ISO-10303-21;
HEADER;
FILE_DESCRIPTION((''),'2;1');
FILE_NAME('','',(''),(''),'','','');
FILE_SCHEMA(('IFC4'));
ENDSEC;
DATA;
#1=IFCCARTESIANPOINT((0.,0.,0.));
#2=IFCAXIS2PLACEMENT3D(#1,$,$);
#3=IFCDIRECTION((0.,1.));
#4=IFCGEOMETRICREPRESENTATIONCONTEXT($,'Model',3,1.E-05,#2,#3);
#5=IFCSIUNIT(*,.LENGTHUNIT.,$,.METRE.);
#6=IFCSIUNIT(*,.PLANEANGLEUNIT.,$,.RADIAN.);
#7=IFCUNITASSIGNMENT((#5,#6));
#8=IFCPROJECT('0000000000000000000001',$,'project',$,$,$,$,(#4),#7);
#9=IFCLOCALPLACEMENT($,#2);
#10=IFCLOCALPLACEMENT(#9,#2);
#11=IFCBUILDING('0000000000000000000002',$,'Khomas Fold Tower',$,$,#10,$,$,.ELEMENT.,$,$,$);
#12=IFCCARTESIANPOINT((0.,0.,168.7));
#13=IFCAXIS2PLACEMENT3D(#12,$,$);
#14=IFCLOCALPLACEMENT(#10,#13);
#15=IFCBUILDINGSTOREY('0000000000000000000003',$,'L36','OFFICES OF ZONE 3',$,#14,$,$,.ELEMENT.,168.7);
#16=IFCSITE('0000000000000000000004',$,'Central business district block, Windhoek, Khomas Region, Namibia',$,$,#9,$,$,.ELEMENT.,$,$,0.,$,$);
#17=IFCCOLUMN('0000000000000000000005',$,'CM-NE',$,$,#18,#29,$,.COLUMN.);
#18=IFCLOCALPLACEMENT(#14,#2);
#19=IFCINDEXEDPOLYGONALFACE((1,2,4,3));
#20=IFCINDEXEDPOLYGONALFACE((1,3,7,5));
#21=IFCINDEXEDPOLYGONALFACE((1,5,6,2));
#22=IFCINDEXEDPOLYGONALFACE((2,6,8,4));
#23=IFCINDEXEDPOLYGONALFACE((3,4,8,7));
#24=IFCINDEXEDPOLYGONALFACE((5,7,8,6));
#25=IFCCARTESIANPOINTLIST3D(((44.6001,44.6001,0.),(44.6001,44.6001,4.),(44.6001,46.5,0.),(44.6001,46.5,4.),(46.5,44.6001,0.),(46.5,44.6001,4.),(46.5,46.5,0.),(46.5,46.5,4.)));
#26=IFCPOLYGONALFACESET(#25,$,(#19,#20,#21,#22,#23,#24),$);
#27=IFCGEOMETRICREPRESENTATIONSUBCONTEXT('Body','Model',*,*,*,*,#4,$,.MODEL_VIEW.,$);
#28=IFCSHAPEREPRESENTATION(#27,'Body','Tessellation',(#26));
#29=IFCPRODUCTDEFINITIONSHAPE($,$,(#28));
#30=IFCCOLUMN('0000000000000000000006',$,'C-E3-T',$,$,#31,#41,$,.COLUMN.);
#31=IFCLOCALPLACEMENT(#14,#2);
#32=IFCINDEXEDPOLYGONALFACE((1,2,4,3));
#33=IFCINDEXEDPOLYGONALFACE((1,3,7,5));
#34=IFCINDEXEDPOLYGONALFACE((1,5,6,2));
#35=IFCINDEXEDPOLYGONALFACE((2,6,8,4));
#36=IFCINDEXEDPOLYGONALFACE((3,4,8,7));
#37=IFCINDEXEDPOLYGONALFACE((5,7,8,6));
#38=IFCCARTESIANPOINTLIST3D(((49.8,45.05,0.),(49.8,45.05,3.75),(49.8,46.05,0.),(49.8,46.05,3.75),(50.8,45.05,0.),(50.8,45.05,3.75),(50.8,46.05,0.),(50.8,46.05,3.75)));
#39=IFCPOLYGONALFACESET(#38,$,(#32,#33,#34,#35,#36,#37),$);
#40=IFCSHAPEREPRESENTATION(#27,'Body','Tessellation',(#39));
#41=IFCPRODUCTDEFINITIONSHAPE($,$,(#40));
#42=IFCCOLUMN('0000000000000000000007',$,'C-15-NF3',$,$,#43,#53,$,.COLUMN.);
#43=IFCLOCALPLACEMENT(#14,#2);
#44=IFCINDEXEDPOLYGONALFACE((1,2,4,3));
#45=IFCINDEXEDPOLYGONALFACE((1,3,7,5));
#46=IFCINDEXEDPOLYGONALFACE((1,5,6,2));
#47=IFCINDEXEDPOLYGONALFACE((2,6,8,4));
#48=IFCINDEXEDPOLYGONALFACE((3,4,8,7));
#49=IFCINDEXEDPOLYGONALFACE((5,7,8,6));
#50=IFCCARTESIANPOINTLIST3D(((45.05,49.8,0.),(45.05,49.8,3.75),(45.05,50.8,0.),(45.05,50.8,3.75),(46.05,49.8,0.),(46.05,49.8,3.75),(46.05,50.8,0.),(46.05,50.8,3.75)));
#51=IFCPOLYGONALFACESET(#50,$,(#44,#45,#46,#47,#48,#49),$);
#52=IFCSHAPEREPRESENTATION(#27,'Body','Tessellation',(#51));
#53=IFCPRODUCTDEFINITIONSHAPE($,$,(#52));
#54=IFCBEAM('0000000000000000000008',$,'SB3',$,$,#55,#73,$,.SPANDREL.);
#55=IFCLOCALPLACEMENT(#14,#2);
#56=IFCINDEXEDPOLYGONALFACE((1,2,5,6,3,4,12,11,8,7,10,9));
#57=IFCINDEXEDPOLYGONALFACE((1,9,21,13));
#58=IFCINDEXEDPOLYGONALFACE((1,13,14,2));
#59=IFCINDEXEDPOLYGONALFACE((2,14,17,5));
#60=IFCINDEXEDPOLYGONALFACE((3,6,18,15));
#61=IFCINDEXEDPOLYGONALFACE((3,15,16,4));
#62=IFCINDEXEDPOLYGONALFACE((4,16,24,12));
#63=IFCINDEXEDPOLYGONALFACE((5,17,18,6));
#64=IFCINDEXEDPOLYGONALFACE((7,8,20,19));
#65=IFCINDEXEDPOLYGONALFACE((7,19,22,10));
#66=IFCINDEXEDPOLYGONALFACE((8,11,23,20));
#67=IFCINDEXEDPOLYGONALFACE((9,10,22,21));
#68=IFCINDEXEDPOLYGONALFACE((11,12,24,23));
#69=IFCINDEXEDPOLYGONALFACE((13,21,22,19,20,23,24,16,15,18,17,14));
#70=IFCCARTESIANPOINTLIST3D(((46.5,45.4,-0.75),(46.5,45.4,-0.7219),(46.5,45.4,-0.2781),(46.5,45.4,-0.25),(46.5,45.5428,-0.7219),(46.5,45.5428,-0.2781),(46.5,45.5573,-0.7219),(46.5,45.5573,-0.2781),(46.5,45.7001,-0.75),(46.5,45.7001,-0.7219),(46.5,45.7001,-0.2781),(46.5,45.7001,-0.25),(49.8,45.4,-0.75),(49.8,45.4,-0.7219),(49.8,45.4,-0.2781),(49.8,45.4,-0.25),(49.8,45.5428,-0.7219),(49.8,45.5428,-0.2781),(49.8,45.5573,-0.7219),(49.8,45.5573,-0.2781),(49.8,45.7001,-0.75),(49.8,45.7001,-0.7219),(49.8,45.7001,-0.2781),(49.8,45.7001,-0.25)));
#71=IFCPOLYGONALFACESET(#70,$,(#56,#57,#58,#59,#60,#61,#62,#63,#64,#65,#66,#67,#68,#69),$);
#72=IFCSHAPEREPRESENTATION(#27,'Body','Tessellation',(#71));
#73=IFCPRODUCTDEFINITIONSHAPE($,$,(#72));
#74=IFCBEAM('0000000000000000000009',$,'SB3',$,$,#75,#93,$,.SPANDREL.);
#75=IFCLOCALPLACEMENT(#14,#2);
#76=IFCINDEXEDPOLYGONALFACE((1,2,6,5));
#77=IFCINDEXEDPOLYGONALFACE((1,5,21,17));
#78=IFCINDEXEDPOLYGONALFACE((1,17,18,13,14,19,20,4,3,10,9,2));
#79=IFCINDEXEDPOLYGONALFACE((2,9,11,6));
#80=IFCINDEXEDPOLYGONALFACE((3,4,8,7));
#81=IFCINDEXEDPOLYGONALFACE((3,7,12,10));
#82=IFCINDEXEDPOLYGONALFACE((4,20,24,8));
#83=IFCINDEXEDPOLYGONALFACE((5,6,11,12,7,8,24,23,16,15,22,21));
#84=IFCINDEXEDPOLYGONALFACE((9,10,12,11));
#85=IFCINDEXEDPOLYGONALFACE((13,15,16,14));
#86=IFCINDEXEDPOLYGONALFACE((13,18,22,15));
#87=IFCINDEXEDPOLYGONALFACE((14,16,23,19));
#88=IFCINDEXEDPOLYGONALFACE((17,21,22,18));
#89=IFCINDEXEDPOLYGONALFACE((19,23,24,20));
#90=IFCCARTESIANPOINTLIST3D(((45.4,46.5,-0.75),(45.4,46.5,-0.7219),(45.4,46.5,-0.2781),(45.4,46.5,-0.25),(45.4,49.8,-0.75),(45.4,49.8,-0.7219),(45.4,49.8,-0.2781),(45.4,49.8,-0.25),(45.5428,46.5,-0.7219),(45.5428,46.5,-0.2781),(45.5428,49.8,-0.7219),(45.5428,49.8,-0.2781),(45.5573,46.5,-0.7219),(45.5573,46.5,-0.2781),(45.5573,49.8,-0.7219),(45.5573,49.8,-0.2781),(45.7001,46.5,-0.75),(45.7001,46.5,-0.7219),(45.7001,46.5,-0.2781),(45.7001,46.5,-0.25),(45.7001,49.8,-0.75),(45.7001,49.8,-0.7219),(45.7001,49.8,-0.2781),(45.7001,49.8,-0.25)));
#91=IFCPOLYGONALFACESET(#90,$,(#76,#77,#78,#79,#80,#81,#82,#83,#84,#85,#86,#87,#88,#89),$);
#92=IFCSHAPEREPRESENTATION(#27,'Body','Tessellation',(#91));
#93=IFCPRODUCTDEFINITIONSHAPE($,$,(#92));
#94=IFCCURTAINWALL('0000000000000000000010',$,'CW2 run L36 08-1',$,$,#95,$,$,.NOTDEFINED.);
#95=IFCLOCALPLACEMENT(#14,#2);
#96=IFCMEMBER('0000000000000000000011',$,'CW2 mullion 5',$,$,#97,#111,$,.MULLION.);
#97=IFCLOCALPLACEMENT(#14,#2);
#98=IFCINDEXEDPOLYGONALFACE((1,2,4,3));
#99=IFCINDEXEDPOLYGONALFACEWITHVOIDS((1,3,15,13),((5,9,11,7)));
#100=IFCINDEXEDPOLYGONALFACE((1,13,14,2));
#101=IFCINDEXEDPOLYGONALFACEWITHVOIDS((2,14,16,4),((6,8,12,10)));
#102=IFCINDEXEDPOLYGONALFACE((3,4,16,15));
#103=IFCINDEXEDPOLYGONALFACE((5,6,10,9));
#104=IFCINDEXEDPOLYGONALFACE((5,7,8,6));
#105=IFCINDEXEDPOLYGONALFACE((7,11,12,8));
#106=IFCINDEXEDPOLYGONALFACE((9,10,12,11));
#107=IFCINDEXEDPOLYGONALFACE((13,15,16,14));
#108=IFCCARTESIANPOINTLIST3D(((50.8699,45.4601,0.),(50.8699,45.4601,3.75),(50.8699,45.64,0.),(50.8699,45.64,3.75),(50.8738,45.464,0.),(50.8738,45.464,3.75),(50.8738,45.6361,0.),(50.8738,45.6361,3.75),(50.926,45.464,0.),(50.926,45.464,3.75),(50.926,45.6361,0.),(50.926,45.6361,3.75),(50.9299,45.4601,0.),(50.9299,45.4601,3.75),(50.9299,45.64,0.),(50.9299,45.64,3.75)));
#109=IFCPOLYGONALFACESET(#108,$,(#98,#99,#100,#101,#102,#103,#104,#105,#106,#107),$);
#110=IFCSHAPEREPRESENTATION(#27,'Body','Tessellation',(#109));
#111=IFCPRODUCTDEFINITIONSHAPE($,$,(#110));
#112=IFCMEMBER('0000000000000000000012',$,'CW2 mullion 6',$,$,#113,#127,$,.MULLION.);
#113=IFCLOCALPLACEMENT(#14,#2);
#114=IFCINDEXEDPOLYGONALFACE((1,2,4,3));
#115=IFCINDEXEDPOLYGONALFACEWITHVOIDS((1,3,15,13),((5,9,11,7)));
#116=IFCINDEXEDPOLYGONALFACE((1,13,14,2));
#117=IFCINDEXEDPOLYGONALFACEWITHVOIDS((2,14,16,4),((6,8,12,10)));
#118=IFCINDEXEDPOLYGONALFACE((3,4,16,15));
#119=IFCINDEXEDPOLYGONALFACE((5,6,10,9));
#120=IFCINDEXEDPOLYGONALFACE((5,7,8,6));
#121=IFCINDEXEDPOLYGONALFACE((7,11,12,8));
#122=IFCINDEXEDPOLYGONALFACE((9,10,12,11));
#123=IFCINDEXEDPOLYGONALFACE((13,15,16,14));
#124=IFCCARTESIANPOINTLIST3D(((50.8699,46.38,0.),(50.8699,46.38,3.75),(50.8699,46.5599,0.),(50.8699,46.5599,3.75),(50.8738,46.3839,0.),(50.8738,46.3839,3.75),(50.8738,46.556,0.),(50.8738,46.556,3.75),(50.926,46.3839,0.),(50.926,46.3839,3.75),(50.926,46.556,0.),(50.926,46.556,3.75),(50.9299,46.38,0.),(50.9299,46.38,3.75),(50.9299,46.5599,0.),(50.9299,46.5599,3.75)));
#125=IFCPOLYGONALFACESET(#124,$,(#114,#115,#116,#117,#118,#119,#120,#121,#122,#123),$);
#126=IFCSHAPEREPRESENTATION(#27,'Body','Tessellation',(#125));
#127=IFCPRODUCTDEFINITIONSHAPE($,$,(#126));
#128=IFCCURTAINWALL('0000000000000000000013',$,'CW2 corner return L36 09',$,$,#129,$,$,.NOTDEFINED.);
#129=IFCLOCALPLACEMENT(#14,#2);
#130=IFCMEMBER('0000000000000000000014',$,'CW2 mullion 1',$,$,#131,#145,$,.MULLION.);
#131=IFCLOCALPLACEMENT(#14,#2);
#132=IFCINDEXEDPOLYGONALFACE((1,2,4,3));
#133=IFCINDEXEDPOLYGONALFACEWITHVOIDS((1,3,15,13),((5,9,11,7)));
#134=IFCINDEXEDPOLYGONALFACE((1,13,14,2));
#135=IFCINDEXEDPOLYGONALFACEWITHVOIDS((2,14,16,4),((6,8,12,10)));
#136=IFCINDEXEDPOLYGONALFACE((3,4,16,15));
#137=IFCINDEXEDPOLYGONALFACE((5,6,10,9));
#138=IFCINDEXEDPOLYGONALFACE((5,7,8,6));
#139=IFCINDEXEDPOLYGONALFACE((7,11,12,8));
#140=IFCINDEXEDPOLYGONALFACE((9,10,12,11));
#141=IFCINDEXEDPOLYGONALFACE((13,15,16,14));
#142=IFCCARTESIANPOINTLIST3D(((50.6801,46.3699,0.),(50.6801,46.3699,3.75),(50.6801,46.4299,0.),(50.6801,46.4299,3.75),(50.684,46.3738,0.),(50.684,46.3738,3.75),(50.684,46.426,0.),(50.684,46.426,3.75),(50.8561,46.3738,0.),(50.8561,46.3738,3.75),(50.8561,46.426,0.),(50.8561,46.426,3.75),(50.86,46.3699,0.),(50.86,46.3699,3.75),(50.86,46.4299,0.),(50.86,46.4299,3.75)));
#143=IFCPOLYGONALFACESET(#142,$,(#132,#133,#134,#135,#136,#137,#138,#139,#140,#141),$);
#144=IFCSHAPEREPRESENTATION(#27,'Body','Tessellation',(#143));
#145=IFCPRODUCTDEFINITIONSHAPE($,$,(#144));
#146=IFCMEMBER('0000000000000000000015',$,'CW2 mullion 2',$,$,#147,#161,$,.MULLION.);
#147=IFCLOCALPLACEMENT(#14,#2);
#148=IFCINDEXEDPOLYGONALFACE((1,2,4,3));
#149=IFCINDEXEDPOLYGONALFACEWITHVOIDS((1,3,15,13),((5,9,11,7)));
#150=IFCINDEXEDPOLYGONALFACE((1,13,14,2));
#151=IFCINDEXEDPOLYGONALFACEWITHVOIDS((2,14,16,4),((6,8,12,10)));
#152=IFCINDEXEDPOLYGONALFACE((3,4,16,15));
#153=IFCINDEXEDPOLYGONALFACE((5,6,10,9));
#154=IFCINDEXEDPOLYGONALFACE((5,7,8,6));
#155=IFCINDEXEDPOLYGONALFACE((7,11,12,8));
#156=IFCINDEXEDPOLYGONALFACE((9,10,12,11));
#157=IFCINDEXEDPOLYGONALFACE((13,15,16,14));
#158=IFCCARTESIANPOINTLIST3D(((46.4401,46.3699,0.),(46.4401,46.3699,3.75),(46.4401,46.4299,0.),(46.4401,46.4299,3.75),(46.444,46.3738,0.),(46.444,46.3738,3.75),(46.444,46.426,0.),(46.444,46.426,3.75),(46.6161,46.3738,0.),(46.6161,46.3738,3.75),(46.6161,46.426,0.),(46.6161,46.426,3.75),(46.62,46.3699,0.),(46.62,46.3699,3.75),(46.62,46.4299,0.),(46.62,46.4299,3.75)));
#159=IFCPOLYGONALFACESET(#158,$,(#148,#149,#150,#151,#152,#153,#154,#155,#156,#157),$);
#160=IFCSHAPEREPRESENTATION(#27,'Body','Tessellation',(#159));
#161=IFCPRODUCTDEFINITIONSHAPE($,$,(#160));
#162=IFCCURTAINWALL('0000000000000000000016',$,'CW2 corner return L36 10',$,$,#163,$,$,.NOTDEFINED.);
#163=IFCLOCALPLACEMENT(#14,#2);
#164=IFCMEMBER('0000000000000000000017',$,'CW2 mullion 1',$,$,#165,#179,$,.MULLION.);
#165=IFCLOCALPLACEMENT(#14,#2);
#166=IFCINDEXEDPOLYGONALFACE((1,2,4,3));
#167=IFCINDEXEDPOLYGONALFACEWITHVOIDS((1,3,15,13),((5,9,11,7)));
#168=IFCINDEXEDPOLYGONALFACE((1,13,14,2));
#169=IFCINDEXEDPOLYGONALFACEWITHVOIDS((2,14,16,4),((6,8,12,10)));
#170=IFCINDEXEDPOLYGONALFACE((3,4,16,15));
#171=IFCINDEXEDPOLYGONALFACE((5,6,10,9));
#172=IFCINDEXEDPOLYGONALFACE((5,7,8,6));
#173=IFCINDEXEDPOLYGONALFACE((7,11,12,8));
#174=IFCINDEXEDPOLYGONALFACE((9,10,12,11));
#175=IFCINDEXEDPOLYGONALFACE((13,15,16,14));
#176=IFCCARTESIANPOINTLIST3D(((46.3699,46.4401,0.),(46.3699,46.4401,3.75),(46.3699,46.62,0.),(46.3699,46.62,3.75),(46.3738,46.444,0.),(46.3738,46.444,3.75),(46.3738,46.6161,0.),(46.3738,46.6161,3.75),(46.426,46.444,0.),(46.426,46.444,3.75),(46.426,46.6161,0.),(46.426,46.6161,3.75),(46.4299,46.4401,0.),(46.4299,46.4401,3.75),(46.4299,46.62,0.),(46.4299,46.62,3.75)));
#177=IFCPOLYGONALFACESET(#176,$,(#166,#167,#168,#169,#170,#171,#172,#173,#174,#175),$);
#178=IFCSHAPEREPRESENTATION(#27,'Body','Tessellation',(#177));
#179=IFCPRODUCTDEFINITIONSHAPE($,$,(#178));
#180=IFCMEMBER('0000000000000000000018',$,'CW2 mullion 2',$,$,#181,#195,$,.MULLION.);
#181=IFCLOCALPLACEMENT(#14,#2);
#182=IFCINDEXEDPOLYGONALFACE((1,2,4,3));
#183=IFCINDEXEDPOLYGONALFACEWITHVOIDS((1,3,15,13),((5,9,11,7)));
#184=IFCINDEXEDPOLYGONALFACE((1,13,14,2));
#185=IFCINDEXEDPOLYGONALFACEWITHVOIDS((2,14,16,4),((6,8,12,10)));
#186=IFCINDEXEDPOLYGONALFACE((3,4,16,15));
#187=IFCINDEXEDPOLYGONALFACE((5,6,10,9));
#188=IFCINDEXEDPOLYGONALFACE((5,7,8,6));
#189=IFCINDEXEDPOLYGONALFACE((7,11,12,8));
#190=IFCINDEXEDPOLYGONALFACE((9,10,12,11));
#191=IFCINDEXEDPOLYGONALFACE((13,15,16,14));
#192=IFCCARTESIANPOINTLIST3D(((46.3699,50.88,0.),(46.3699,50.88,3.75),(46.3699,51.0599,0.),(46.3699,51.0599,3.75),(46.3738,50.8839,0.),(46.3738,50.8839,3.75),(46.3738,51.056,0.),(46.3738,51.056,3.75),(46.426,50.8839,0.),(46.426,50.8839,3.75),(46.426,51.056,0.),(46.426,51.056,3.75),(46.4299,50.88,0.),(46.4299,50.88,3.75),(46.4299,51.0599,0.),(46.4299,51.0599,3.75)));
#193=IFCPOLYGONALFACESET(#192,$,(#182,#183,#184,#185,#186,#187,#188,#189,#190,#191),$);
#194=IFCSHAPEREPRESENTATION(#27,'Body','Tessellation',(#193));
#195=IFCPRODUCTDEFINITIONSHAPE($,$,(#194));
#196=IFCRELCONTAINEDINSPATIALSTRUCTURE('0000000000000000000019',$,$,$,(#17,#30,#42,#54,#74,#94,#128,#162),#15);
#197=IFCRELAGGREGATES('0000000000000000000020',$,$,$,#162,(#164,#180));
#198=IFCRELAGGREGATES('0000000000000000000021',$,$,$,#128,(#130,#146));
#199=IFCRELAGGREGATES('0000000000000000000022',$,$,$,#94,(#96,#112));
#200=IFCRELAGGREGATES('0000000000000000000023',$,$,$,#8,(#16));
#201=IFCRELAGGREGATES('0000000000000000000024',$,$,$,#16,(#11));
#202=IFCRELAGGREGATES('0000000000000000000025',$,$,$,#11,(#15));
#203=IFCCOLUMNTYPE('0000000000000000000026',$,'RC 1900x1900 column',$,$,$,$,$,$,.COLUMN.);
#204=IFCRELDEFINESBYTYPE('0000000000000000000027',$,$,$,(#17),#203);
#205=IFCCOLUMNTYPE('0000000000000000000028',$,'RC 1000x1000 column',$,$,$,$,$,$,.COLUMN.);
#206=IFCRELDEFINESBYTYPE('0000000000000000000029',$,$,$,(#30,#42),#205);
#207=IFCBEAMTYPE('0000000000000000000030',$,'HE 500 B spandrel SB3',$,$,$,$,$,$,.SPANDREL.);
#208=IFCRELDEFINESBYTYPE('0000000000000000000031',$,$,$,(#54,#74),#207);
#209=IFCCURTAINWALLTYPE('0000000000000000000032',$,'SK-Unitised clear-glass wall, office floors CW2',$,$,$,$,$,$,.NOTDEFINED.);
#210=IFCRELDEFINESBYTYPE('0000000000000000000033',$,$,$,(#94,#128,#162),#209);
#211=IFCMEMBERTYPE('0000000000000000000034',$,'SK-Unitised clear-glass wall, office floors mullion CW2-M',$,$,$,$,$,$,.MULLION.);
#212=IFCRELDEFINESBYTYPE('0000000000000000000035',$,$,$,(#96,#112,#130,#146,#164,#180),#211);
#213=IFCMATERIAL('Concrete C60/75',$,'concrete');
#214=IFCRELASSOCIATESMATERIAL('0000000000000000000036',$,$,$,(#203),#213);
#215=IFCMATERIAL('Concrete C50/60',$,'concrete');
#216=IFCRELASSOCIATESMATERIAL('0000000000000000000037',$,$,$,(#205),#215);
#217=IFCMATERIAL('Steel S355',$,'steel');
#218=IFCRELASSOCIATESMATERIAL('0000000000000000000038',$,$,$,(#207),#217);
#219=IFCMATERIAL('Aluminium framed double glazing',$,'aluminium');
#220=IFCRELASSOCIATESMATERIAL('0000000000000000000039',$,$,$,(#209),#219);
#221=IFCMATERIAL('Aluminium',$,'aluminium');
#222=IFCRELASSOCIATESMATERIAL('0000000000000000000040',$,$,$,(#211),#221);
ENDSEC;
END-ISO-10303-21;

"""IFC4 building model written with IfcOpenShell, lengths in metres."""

from ifc_helpers import new_model, si_unit, direction, frame, origin, origin_2d, place, context, subcontext, project, spatial, rectangle, hollow_rectangle, i_section, extrude, source, transform, mapped, material, material_profile, profile_set, type_object, element, aggregate, save


model = new_model("IFC4")

# Units and contexts
model_context = context("Model", 3, precision=1e-05, world=origin(), true_north=direction((0.0, 1.0)))
body_context = subcontext(model_context, "Body", "Model", "MODEL_VIEW")
ifc_project = project(units=[si_unit("LENGTHUNIT", "METRE"), si_unit("PLANEANGLEUNIT", "RADIAN")], contexts=[model_context])

# Site, building, storey
site_placement = place(None, origin())
site = spatial("IfcSite", under=ifc_project, at=site_placement, Name="Central business district block, Windhoek, Khomas Region, Namibia", CompositionType="ELEMENT", RefElevation=0.0)
building_placement = place(site_placement, origin())
building = spatial("IfcBuilding", under=site, at=building_placement, Name="Khomas Fold Tower", CompositionType="ELEMENT")
storey_placement = place(building_placement, frame((0.0, 0.0, 168.7)))
storey = spatial("IfcBuildingStorey", under=building, at=storey_placement, Name="L36", Description="OFFICES OF ZONE 3", CompositionType="ELEMENT", Elevation=168.7)

# Columns
ifc_material_1 = material(Name="Concrete C60/75", Category="concrete")
ifc_material_profile_1 = material_profile(ifc_material_1, rectangle(XDim=1.8999, YDim=1.8999, at=origin_2d()), Name="RC 1900x1900")
ifc_profile_set_1 = profile_set([ifc_material_profile_1], Name="Concrete C60/75")
column_type_1 = type_object("IfcColumnType", Name="RC 1900x1900 column", PredefinedType="COLUMN", material=ifc_profile_set_1)
shared_shape_1 = source(origin(), body_context, "Body", "SweptSolid", [
    extrude(rectangle(XDim=1.8999, YDim=1.8999, at=origin_2d()), origin(), (0.0, 0.0, 1.0), 4.0),
])
column_placement = place(storey_placement, frame((45.55, 45.55, 0.0), z_axis=(0.0, 0.0, 1.0), x_axis=(1.0, 0.0, 0.0)))
element("IfcColumn", 1, at=column_placement, inside=storey, type_object=column_type_1, Name="CM-NE", PredefinedType="COLUMN", context=body_context, shape_type="MappedRepresentation", body=[
    mapped(shared_shape_1, transform((0.0, 0.0, 0.0))),
])
ifc_material_2 = material(Name="Concrete C50/60", Category="concrete")
ifc_material_profile_2 = material_profile(ifc_material_2, rectangle(XDim=1.0, YDim=1.0, at=origin_2d()), Name="RC 1000x1000")
ifc_profile_set_2 = profile_set([ifc_material_profile_2], Name="Concrete C50/60")
column_type_2 = type_object("IfcColumnType", Name="RC 1000x1000 column", PredefinedType="COLUMN", material=ifc_profile_set_2)
shared_shape_2 = source(origin(), body_context, "Body", "SweptSolid", [
    extrude(rectangle(XDim=1.0, YDim=1.0, at=origin_2d()), origin(), (0.0, 0.0, 1.0), 3.75),
])
for number, where, z_axis, x_axis, name in (
    (2, (50.3, 45.55, 0.0), (0.0, 0.0, 1.0), (1.0, 0.0, 0.0), "C-E3-T"),
    (3, (45.55, 50.3, 0.0), (0.0, 0.0, 1.0), (1.0, 0.0, 0.0), "C-15-NF3"),
):
    element("IfcColumn", number, at=place(storey_placement, frame(where, z_axis=z_axis, x_axis=x_axis)), inside=storey, type_object=column_type_2, Name=name, PredefinedType="COLUMN", context=body_context, shape_type="MappedRepresentation", body=[
        mapped(shared_shape_2, transform((0.0, 0.0, 0.0))),
    ])

# Beams
ifc_material_3 = material(Name="Steel S355", Category="steel")
ifc_material_profile_3 = material_profile(ifc_material_3, i_section(OverallWidth=0.3, OverallDepth=0.5, WebThickness=0.0144, FlangeThickness=0.0281, at=origin_2d()), Name="HE 500 B")
ifc_profile_set_3 = profile_set([ifc_material_profile_3], Name="Steel S355")
beam_type = type_object("IfcBeamType", Name="HE 500 B spandrel SB3", PredefinedType="SPANDREL", material=ifc_profile_set_3)
shared_shape_3 = source(origin(), body_context, "Body", "SweptSolid", [
    extrude(i_section(OverallWidth=0.3, OverallDepth=0.5, WebThickness=0.0144, FlangeThickness=0.0281, at=origin_2d()), origin(), (0.0, 0.0, 1.0), 3.3),
])
for number, where, z_axis, x_axis, name in (
    (4, (46.5, 45.55, -0.5), (1.0, 0.0, 0.0), (0.0, 1.0, 0.0), "SB3"),
    (5, (45.55, 46.5, -0.5), (0.0, 1.0, 0.0), (-1.0, 0.0, 0.0), "SB3"),
):
    element("IfcBeam", number, at=place(storey_placement, frame(where, z_axis=z_axis, x_axis=x_axis)), inside=storey, type_object=beam_type, Name=name, PredefinedType="SPANDREL", context=body_context, shape_type="MappedRepresentation", body=[
        mapped(shared_shape_3, transform((0.0, 0.0, 0.0))),
    ])

# Curtain walls, members
ifc_material_4 = material(Name="Aluminium framed double glazing", Category="aluminium")
curtain_wall_type_1 = type_object("IfcCurtainWallType", Name="SK-Unitised clear-glass wall, office floors CW2", PredefinedType="NOTDEFINED", material=ifc_material_4)
curtain_wall_1_placement = place(storey_placement, origin())
curtain_wall_1 = element("IfcCurtainWall", 6, at=curtain_wall_1_placement, inside=storey, type_object=curtain_wall_type_1, Name="CW2 run L36 08-1", PredefinedType="NOTDEFINED")
ifc_material_5 = material(Name="Aluminium", Category="aluminium")
ifc_material_profile_4 = material_profile(ifc_material_5, hollow_rectangle(XDim=0.0601, YDim=0.1799, WallThickness=0.0039, at=origin_2d()), Name="SK-Unitised clear-glass wall, office floors mullion CW2-M")
ifc_profile_set_4 = profile_set([ifc_material_profile_4], Name="Aluminium")
member_type_1 = type_object("IfcMemberType", Name="SK-Unitised clear-glass wall, office floors mullion CW2-M", PredefinedType="MULLION", material=ifc_profile_set_4)
shared_shape_4 = source(origin(), body_context, "Body", "SweptSolid", [
    extrude(hollow_rectangle(XDim=0.0601, YDim=0.1799, WallThickness=0.0039, at=origin_2d()), origin(), (0.0, 0.0, 1.0), 3.75),
])
member_1_placement = place(storey_placement, frame((50.8999, 45.55, 0.0), z_axis=(0.0, 0.0, 1.0), x_axis=(-1.0, 0.0, 0.0)))
member_1 = element("IfcMember", 7, at=member_1_placement, type_object=member_type_1, Name="CW2 mullion 5", PredefinedType="MULLION", context=body_context, shape_type="MappedRepresentation", body=[
    mapped(shared_shape_4, transform((0.0, 0.0, 0.0))),
])
member_2_placement = place(storey_placement, frame((50.8999, 46.47, 0.0), z_axis=(0.0, 0.0, 1.0), x_axis=(-1.0, 0.0, 0.0)))
member_2 = element("IfcMember", 8, at=member_2_placement, type_object=member_type_1, Name="CW2 mullion 6", PredefinedType="MULLION", context=body_context, shape_type="MappedRepresentation", body=[
    mapped(shared_shape_4, transform((0.0, 0.0, 0.0))),
])
curtain_wall_2_placement = place(storey_placement, origin())
curtain_wall_2 = element("IfcCurtainWall", 9, at=curtain_wall_2_placement, inside=storey, type_object=curtain_wall_type_1, Name="CW2 corner return L36 09", PredefinedType="NOTDEFINED")
member_3_placement = place(storey_placement, frame((50.77, 46.3999, 0.0), z_axis=(0.0, 0.0, 1.0), x_axis=(0.0, -1.0, 0.0)))
member_3 = element("IfcMember", 10, at=member_3_placement, type_object=member_type_1, Name="CW2 mullion 1", PredefinedType="MULLION", context=body_context, shape_type="MappedRepresentation", body=[
    mapped(shared_shape_4, transform((0.0, 0.0, 0.0))),
])
member_4_placement = place(storey_placement, frame((46.53, 46.3999, 0.0), z_axis=(0.0, 0.0, 1.0), x_axis=(0.0, -1.0, 0.0)))
member_4 = element("IfcMember", 11, at=member_4_placement, type_object=member_type_1, Name="CW2 mullion 2", PredefinedType="MULLION", context=body_context, shape_type="MappedRepresentation", body=[
    mapped(shared_shape_4, transform((0.0, 0.0, 0.0))),
])
curtain_wall_3_placement = place(storey_placement, origin())
curtain_wall_3 = element("IfcCurtainWall", 12, at=curtain_wall_3_placement, inside=storey, type_object=curtain_wall_type_1, Name="CW2 corner return L36 10", PredefinedType="NOTDEFINED")
member_5_placement = place(storey_placement, frame((46.3999, 46.53, 0.0), z_axis=(0.0, 0.0, 1.0), x_axis=(-1.0, 0.0, 0.0)))
member_5 = element("IfcMember", 13, at=member_5_placement, type_object=member_type_1, Name="CW2 mullion 1", PredefinedType="MULLION", context=body_context, shape_type="MappedRepresentation", body=[
    mapped(shared_shape_4, transform((0.0, 0.0, 0.0))),
])
member_6_placement = place(storey_placement, frame((46.3999, 50.97, 0.0), z_axis=(0.0, 0.0, 1.0), x_axis=(-1.0, 0.0, 0.0)))
member_6 = element("IfcMember", 14, at=member_6_placement, type_object=member_type_1, Name="CW2 mullion 2", PredefinedType="MULLION", context=body_context, shape_type="MappedRepresentation", body=[
    mapped(shared_shape_4, transform((0.0, 0.0, 0.0))),
])

aggregate(curtain_wall_3, [member_5, member_6])
aggregate(curtain_wall_2, [member_3, member_4])
aggregate(curtain_wall_1, [member_1, member_2])

save(model, "model.ifc")
